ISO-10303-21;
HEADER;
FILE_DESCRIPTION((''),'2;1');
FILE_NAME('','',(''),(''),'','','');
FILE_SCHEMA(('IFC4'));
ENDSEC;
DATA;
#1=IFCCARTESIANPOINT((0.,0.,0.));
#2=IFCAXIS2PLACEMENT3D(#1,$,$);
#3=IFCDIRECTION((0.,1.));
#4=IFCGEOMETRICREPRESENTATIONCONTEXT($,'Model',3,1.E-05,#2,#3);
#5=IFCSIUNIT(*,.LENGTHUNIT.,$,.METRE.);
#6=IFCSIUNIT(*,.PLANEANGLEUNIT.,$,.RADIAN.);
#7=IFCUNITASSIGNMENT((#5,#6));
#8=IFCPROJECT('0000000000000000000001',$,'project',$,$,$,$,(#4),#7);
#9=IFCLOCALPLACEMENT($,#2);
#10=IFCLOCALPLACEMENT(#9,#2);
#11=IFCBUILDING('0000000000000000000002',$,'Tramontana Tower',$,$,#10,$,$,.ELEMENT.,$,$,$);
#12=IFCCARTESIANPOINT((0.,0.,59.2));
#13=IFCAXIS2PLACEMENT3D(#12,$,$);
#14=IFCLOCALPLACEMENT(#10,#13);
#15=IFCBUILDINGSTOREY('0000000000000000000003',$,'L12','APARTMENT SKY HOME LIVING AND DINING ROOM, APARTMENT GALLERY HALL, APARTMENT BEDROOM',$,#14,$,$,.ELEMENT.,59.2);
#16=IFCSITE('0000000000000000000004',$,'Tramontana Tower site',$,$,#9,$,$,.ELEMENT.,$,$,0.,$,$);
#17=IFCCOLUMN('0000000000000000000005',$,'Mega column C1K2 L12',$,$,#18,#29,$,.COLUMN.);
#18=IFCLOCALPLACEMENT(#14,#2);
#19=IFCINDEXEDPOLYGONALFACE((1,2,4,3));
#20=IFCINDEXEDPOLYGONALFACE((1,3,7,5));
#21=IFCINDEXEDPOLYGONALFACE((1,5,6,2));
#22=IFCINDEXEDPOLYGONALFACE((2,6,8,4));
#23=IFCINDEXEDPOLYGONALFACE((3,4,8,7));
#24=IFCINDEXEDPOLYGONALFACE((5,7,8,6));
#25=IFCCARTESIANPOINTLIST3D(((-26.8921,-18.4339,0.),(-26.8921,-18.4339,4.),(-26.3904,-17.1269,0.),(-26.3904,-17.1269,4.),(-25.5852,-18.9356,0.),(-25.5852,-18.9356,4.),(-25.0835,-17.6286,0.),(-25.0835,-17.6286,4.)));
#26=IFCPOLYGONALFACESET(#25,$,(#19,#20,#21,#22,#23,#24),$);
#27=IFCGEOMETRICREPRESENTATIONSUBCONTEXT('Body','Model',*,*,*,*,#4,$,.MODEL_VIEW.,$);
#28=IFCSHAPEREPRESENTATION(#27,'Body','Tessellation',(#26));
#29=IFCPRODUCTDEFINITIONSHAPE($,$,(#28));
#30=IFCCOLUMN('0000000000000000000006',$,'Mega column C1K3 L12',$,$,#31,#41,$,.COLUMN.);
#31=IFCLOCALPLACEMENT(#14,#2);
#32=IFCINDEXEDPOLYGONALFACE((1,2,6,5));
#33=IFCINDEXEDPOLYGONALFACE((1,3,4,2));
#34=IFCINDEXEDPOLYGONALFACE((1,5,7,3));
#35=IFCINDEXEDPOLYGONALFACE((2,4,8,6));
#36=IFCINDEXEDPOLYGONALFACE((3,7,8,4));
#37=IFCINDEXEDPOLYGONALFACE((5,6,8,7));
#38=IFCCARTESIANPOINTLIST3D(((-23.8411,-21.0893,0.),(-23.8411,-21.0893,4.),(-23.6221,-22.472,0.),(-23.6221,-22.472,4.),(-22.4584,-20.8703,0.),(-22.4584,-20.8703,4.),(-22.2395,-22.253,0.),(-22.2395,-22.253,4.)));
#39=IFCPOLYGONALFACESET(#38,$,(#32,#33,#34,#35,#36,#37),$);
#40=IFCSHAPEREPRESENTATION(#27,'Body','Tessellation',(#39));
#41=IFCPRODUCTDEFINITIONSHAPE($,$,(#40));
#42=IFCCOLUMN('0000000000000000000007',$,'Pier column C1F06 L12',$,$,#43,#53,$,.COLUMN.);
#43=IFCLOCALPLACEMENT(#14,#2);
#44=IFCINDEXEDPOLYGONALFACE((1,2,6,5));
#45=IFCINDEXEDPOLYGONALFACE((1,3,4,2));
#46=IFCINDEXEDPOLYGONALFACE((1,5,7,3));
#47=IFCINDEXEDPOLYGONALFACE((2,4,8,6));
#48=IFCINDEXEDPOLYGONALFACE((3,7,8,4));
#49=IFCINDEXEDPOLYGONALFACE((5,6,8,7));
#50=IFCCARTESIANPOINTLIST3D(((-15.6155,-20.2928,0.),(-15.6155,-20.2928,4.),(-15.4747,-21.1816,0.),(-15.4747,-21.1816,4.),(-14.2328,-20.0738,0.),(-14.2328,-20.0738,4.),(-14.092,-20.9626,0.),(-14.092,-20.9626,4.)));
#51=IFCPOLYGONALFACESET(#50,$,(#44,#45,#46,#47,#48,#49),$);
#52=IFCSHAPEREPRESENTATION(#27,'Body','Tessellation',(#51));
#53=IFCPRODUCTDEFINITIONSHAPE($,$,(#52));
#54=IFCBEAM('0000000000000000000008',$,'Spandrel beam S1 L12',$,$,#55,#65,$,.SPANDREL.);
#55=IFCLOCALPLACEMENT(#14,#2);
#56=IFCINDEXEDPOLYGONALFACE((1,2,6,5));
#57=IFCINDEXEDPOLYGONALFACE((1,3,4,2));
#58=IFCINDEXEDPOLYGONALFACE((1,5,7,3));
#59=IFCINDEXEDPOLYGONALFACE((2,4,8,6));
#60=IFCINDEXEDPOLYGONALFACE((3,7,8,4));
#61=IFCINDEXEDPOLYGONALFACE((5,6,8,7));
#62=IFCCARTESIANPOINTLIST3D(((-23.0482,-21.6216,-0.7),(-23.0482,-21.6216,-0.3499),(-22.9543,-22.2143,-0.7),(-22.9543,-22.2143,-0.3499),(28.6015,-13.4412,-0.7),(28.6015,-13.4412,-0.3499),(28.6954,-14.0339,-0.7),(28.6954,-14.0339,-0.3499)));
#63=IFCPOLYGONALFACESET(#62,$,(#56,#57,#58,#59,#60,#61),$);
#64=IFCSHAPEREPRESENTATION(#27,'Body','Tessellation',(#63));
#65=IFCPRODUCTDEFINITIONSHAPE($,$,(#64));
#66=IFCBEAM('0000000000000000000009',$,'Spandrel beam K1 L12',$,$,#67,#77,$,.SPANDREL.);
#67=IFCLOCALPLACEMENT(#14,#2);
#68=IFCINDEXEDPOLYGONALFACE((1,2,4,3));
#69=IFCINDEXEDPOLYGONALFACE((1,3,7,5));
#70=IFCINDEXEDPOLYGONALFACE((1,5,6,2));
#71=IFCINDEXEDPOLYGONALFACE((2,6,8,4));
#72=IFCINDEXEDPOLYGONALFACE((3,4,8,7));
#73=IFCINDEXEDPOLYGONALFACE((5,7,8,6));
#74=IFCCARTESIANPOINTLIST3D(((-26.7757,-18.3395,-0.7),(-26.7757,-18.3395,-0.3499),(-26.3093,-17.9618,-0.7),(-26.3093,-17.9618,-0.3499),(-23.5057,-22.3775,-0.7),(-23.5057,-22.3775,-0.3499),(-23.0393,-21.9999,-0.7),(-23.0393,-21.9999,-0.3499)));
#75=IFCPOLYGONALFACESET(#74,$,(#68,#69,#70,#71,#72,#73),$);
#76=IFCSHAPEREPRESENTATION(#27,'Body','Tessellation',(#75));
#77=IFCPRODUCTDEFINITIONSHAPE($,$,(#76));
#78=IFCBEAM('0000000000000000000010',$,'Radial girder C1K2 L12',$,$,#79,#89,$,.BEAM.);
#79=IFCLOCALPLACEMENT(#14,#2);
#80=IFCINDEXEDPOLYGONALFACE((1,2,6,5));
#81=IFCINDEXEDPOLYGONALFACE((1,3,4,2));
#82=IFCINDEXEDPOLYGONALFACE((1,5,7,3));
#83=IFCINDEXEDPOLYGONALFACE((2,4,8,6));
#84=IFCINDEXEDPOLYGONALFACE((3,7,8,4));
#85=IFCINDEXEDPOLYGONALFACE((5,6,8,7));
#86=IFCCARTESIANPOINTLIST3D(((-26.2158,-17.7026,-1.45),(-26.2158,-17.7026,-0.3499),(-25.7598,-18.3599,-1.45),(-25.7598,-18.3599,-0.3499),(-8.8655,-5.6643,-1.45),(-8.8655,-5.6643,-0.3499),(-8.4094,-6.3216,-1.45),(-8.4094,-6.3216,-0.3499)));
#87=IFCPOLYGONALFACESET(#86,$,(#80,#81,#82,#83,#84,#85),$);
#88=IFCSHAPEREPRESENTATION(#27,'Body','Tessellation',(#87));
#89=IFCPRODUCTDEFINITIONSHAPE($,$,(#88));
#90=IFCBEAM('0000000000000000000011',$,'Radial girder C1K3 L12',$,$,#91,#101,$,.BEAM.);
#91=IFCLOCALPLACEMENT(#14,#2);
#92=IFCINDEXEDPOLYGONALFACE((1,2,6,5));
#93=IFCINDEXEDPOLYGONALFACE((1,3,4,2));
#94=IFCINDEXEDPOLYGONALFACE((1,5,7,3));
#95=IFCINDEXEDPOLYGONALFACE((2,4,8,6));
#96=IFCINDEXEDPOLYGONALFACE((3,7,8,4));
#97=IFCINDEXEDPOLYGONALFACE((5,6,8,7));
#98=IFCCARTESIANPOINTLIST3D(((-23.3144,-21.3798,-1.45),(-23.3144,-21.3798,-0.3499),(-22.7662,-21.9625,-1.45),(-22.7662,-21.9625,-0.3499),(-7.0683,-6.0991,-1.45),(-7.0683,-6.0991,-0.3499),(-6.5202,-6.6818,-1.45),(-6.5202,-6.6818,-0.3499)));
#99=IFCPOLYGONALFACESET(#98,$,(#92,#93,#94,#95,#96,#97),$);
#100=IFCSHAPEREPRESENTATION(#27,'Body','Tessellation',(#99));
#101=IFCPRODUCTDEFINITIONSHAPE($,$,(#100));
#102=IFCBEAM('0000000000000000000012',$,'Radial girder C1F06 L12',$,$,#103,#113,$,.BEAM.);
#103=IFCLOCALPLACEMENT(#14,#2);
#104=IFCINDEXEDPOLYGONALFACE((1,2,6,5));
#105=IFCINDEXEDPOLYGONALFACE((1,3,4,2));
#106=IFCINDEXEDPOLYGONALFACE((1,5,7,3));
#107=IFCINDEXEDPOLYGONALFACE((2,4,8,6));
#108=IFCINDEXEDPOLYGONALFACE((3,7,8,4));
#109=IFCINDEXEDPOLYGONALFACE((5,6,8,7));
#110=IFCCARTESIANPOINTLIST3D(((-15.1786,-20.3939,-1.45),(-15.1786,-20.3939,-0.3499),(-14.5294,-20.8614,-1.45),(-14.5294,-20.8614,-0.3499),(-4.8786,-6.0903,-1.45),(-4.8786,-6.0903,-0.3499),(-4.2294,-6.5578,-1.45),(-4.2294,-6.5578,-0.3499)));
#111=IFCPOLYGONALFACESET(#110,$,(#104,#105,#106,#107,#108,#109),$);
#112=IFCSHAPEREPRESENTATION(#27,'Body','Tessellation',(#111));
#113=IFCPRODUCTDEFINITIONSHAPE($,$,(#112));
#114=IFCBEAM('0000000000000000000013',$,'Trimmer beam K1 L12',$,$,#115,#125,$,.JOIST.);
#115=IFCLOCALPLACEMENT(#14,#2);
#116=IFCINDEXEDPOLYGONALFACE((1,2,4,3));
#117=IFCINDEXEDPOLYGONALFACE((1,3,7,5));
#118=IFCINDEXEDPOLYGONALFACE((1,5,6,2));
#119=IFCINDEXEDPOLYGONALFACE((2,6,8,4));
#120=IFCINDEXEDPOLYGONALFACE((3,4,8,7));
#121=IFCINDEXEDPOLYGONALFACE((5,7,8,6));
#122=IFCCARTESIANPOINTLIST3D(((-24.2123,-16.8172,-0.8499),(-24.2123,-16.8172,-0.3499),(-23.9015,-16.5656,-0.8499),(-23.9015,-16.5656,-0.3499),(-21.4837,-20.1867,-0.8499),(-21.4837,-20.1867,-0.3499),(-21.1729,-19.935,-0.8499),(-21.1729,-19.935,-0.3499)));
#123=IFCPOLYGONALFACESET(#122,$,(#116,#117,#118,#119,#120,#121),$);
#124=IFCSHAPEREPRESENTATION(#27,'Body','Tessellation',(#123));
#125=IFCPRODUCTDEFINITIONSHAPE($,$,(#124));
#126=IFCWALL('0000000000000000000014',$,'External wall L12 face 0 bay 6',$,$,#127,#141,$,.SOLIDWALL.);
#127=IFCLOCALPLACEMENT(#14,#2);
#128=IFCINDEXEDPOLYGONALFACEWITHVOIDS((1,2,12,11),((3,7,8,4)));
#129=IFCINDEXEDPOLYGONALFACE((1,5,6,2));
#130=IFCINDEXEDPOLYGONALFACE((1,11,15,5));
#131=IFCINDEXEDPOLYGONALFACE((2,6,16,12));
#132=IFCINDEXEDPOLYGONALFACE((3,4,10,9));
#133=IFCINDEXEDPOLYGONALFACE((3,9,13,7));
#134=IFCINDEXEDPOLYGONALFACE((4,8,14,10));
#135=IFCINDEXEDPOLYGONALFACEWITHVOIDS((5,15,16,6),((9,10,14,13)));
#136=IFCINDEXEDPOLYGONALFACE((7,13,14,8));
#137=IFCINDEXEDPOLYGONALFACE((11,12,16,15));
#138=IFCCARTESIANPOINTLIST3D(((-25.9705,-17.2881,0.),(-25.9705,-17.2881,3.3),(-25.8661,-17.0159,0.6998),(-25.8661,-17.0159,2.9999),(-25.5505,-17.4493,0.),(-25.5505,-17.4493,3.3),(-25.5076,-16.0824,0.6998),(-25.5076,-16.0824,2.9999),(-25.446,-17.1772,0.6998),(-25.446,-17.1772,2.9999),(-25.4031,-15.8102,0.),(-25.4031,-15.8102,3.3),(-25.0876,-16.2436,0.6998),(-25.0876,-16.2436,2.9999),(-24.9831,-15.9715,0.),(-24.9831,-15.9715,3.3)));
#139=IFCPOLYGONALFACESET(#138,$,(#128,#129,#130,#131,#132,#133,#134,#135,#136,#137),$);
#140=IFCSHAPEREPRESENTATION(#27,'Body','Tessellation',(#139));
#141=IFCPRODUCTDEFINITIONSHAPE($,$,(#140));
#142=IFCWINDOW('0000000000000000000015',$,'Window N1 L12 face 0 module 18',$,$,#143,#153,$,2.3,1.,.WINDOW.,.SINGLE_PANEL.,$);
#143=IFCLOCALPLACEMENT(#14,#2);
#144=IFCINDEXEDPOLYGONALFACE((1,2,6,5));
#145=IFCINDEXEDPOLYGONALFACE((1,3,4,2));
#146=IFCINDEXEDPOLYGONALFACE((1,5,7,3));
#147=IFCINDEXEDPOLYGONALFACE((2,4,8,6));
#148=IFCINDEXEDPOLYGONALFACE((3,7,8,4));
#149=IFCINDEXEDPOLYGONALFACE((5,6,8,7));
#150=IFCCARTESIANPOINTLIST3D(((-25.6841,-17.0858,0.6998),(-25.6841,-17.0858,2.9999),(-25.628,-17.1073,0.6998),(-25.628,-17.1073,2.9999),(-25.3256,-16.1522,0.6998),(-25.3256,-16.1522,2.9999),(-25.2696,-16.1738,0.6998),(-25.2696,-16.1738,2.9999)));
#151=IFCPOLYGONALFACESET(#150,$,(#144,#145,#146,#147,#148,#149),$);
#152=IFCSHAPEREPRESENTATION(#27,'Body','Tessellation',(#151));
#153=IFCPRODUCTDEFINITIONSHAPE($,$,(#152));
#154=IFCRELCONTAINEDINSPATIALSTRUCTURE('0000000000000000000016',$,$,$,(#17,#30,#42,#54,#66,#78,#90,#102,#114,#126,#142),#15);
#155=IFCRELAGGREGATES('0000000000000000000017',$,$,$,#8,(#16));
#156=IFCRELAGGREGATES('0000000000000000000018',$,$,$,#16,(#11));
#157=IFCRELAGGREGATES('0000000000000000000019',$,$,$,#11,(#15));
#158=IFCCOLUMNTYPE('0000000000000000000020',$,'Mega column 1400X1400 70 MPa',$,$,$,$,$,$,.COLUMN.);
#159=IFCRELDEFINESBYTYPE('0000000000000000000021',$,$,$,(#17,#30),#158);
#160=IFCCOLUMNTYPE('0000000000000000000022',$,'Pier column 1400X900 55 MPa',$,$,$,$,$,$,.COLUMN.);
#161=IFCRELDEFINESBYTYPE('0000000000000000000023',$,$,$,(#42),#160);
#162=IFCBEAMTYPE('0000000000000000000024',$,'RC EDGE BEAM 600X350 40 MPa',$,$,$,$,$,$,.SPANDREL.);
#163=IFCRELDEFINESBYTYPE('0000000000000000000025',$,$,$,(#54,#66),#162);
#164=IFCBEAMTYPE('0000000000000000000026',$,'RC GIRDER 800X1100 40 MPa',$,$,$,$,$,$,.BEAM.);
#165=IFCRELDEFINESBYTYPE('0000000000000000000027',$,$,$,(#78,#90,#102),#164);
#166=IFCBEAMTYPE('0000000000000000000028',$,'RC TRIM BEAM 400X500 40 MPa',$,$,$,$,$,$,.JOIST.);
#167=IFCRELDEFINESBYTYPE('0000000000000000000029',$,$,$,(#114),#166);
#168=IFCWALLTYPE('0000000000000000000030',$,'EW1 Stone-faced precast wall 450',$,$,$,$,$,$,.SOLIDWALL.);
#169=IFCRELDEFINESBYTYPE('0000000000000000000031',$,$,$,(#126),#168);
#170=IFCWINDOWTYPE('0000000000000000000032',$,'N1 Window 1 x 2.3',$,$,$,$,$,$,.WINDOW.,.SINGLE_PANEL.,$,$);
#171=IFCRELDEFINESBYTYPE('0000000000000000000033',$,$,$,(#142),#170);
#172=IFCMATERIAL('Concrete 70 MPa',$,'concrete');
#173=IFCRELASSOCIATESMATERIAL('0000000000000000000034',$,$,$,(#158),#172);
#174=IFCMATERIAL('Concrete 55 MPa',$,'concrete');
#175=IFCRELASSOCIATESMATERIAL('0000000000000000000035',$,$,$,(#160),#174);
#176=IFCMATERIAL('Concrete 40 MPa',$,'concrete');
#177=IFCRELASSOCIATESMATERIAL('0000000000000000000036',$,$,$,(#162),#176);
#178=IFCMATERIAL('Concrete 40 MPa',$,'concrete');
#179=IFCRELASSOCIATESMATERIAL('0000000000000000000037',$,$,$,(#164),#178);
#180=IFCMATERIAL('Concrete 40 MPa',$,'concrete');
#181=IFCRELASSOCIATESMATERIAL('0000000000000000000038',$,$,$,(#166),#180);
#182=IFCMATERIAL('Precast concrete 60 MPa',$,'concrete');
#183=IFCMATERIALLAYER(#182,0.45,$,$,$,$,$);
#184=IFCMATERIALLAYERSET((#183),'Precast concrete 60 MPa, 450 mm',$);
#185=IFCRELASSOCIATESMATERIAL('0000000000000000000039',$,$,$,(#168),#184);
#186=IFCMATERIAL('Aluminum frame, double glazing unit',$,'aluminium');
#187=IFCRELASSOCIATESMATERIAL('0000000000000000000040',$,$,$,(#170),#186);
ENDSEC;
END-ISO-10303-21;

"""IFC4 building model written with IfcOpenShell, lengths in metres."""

from ifc_helpers import new_model, si_unit, direction, frame, frame_2d, origin, origin_2d, place, context, subcontext, project, spatial, rectangle, extrude, material, layer, layer_set, material_profile, profile_set, type_object, element, fill, save


model = new_model("IFC4")

# Units and contexts
model_context = context("Model", 3, precision=1e-05, world=origin(), true_north=direction((0.0, 1.0)))
body_context = subcontext(model_context, "Body", "Model", "MODEL_VIEW")
ifc_project = project(units=[si_unit("LENGTHUNIT", "METRE"), si_unit("PLANEANGLEUNIT", "RADIAN")], contexts=[model_context])

# Site, building, storey
site_placement = place(None, origin())
site = spatial("IfcSite", under=ifc_project, at=site_placement, Name="Tramontana Tower site", CompositionType="ELEMENT", RefElevation=0.0)
building_placement = place(site_placement, origin())
building = spatial("IfcBuilding", under=site, at=building_placement, Name="Tramontana Tower", CompositionType="ELEMENT")
storey_placement = place(building_placement, frame((0.0, 0.0, 59.2)))
storey = spatial("IfcBuildingStorey", under=building, at=storey_placement, Name="L12", Description="APARTMENT SKY HOME LIVING AND DINING ROOM, APARTMENT GALLERY HALL, APARTMENT BEDROOM", CompositionType="ELEMENT", Elevation=59.2)

# Columns
ifc_material_1 = material(Name="Concrete 70 MPa", Category="concrete")
ifc_material_profile_1 = material_profile(ifc_material_1, rectangle(XDim=1.3999, YDim=1.3999, at=origin_2d()), Name="Mega column 1400X1400 70 MPa")
ifc_profile_set_1 = profile_set([ifc_material_profile_1], Name="Concrete 70 MPa")
column_type_1 = type_object("IfcColumnType", Name="Mega column 1400X1400 70 MPa", PredefinedType="COLUMN", material=ifc_profile_set_1)
for number, where, z_axis, x_axis, name in (
    (1, (-25.9878, -18.0312, 0.0), (0.0, 0.0, 1.0), (-0.358368, -0.93358, 0.0), "Mega column C1K2 L12"),
    (2, (-23.0403, -21.6711, 0.0), (0.0, 0.0, 1.0), (0.987688, 0.156434, 0.0), "Mega column C1K3 L12"),
):
    element("IfcColumn", number, at=place(storey_placement, frame(where, z_axis=z_axis, x_axis=x_axis)), inside=storey, type_object=column_type_1, Name=name, PredefinedType="COLUMN", context=body_context, shape_type="SweptSolid", body=[
        extrude(rectangle(XDim=1.3999, YDim=1.3999, at=origin_2d()), origin(), (0.0, 0.0, 1.0), 4.0),
    ])
ifc_material_2 = material(Name="Concrete 55 MPa", Category="concrete")
ifc_material_profile_2 = material_profile(ifc_material_2, rectangle(XDim=1.3999, YDim=0.8999, at=origin_2d()), Name="Pier column 1400X900 55 MPa")
ifc_profile_set_2 = profile_set([ifc_material_profile_2], Name="Concrete 55 MPa")
column_type_2 = type_object("IfcColumnType", Name="Pier column 1400X900 55 MPa", PredefinedType="COLUMN", material=ifc_profile_set_2)
column_placement = place(storey_placement, frame((-14.8538, -20.6277, 0.0), z_axis=(0.0, 0.0, 1.0), x_axis=(0.987688, 0.156434, 0.0)))
element("IfcColumn", 3, at=column_placement, inside=storey, type_object=column_type_2, Name="Pier column C1F06 L12", PredefinedType="COLUMN", context=body_context, shape_type="SweptSolid", body=[
    extrude(rectangle(XDim=1.3999, YDim=0.8999, at=origin_2d()), origin(), (0.0, 0.0, 1.0), 4.0),
])

# Beams
ifc_material_3 = material(Name="Concrete 40 MPa", Category="concrete")
ifc_material_profile_3 = material_profile(ifc_material_3, rectangle(XDim=0.6001, YDim=0.3501, at=origin_2d()), Name="RC EDGE BEAM 600X350 40 MPa")
ifc_profile_set_3 = profile_set([ifc_material_profile_3], Name="Concrete 40 MPa")
beam_type_1 = type_object("IfcBeamType", Name="RC EDGE BEAM 600X350 40 MPa", PredefinedType="SPANDREL", material=ifc_profile_set_3)
beam_1_placement = place(storey_placement, frame((-23.0012, -21.918, -0.5249), z_axis=(0.987689, 0.156433, 0.0), x_axis=(-0.156433, 0.987689, 0.0)))
element("IfcBeam", 4, at=beam_1_placement, inside=storey, type_object=beam_type_1, Name="Spandrel beam S1 L12", PredefinedType="SPANDREL", context=body_context, shape_type="SweptSolid", body=[
    extrude(rectangle(XDim=0.6001, YDim=0.3501, at=origin_2d()), origin(), (0.0, 0.0, 1.0), 52.2935),
])
beam_2_placement = place(storey_placement, frame((-26.5425, -18.1506, -0.5249), z_axis=(0.629325, -0.777142, 0.0), x_axis=(0.777142, 0.629325, 0.0)))
element("IfcBeam", 5, at=beam_2_placement, inside=storey, type_object=beam_type_1, Name="Spandrel beam K1 L12", PredefinedType="SPANDREL", context=body_context, shape_type="SweptSolid", body=[
    extrude(rectangle(XDim=0.6001, YDim=0.3501, at=origin_2d()), origin(), (0.0, 0.0, 1.0), 5.196),
])
ifc_material_4 = material(Name="Concrete 40 MPa", Category="concrete")
ifc_material_profile_4 = material_profile(ifc_material_4, rectangle(XDim=0.8, YDim=1.1001, at=origin_2d()), Name="RC GIRDER 800X1100 40 MPa")
ifc_profile_set_4 = profile_set([ifc_material_profile_4], Name="Concrete 40 MPa")
beam_type_2 = type_object("IfcBeamType", Name="RC GIRDER 800X1100 40 MPa", PredefinedType="BEAM", material=ifc_profile_set_4)
beam_3_placement = place(storey_placement, frame((-25.9878, -18.0312, -0.8999), z_axis=(0.821603, 0.57006, 0.0), x_axis=(-0.57006, 0.821603, 0.0)))
element("IfcBeam", 6, at=beam_3_placement, inside=storey, type_object=beam_type_2, Name="Radial girder C1K2 L12", PredefinedType="BEAM", context=body_context, shape_type="SweptSolid", body=[
    extrude(rectangle(XDim=0.8, YDim=1.1001, at=origin_2d()), origin(), (0.0, 0.0, 1.0), 21.1177),
])
beam_4_placement = place(storey_placement, frame((-23.0403, -21.6711, -0.8999), z_axis=(0.728417, 0.685135, 0.0), x_axis=(-0.685135, 0.728417, 0.0)))
element("IfcBeam", 7, at=beam_4_placement, inside=storey, type_object=beam_type_2, Name="Radial girder C1K3 L12", PredefinedType="BEAM", context=body_context, shape_type="SweptSolid", body=[
    extrude(rectangle(XDim=0.8, YDim=1.1001, at=origin_2d()), origin(), (0.0, 0.0, 1.0), 22.3032),
])
beam_5_placement = place(storey_placement, frame((-14.854, -20.6277, -0.8999), z_axis=(0.584356, 0.811497, 0.0), x_axis=(-0.811497, 0.584356, 0.0)))
element("IfcBeam", 8, at=beam_5_placement, inside=storey, type_object=beam_type_2, Name="Radial girder C1F06 L12", PredefinedType="BEAM", context=body_context, shape_type="SweptSolid", body=[
    extrude(rectangle(XDim=0.8, YDim=1.1001, at=origin_2d()), origin(), (0.0, 0.0, 1.0), 17.6262),
])
ifc_material_5 = material(Name="Concrete 40 MPa", Category="concrete")
ifc_material_profile_5 = material_profile(ifc_material_5, rectangle(XDim=0.3999, YDim=0.5, at=origin_2d()), Name="RC TRIM BEAM 400X500 40 MPa")
ifc_profile_set_5 = profile_set([ifc_material_profile_5], Name="Concrete 40 MPa")
beam_type_3 = type_object("IfcBeamType", Name="RC TRIM BEAM 400X500 40 MPa", PredefinedType="JOIST", material=ifc_profile_set_5)
beam_6_placement = place(storey_placement, frame((-24.0569, -16.6914, -0.5999), z_axis=(0.629326, -0.777141, 0.0), x_axis=(0.777141, 0.629326, 0.0)))
element("IfcBeam", 9, at=beam_6_placement, inside=storey, type_object=beam_type_3, Name="Trimmer beam K1 L12", PredefinedType="JOIST", context=body_context, shape_type="SweptSolid", body=[
    extrude(rectangle(XDim=0.3999, YDim=0.5, at=origin_2d()), origin(), (0.0, 0.0, 1.0), 4.3357),
])

# Wall, opening, window
ifc_material_6 = material(Name="Precast concrete 60 MPa", Category="concrete")
ifc_layer_1 = layer(ifc_material_6, 0.45)
ifc_layer_set_1 = layer_set([ifc_layer_1], Name="Precast concrete 60 MPa, 450 mm")
wall_type_1 = type_object("IfcWallType", Name="EW1 Stone-faced precast wall 450", PredefinedType="SOLIDWALL", material=ifc_layer_set_1)
wall_1_placement = place(storey_placement, frame((-25.1931, -15.8909, 0.0), z_axis=(0.0, 0.0, 1.0), x_axis=(-0.358431, -0.933556, 0.0)))
wall_1 = element("IfcWall", 10, at=wall_1_placement, inside=storey, type_object=wall_type_1, Name="External wall L12 face 0 bay 6", PredefinedType="SOLIDWALL", context=body_context, shape_type="SweptSolid", body=[
    extrude(rectangle(XDim=1.583, YDim=0.45, at=frame_2d((0.7915, 0.0))), origin(), (0.0, 0.0, 1.0), 3.3),
])
opening_1_placement = place(wall_1_placement, frame((0.2915, 0.0, 0.7)))
opening_1 = element("IfcOpeningElement", 11, at=opening_1_placement, cuts=wall_1, PredefinedType="OPENING", context=body_context, shape_type="SweptSolid", body=[
    extrude(rectangle(XDim=1.0, YDim=2.3, at=frame_2d((0.5, 1.1499))), frame((0.0, 0.2349, 0.0), z_axis=(0.0, -1.0, 0.0), x_axis=(1.0, 0.0, 0.0)), (0.0, 0.0, 1.0), 0.47),
])
ifc_material_7 = material(Name="Aluminum frame, double glazing unit", Category="aluminium")
window_type_1 = type_object("IfcWindowType", Name="N1 Window 1 x 2.3", PartitioningType="SINGLE_PANEL", PredefinedType="WINDOW", material=ifc_material_7)
window_1_placement = place(opening_1_placement, origin())
window_1 = element("IfcWindow", 12, at=window_1_placement, inside=storey, type_object=window_type_1, Name="Window N1 L12 face 0 module 18", OverallHeight=2.3, OverallWidth=1.0, PartitioningType="SINGLE_PANEL", PredefinedType="WINDOW", context=body_context, shape_type="SweptSolid", body=[
    extrude(rectangle(XDim=1.0, YDim=2.3, at=frame_2d((0.5, 1.1499))), frame((0.0, 0.03, 0.0), z_axis=(0.0, -1.0, 0.0), x_axis=(1.0, 0.0, 0.0)), (0.0, 0.0, 1.0), 0.0601),
])
fill(opening_1, window_1)

save(model, "model.ifc")
